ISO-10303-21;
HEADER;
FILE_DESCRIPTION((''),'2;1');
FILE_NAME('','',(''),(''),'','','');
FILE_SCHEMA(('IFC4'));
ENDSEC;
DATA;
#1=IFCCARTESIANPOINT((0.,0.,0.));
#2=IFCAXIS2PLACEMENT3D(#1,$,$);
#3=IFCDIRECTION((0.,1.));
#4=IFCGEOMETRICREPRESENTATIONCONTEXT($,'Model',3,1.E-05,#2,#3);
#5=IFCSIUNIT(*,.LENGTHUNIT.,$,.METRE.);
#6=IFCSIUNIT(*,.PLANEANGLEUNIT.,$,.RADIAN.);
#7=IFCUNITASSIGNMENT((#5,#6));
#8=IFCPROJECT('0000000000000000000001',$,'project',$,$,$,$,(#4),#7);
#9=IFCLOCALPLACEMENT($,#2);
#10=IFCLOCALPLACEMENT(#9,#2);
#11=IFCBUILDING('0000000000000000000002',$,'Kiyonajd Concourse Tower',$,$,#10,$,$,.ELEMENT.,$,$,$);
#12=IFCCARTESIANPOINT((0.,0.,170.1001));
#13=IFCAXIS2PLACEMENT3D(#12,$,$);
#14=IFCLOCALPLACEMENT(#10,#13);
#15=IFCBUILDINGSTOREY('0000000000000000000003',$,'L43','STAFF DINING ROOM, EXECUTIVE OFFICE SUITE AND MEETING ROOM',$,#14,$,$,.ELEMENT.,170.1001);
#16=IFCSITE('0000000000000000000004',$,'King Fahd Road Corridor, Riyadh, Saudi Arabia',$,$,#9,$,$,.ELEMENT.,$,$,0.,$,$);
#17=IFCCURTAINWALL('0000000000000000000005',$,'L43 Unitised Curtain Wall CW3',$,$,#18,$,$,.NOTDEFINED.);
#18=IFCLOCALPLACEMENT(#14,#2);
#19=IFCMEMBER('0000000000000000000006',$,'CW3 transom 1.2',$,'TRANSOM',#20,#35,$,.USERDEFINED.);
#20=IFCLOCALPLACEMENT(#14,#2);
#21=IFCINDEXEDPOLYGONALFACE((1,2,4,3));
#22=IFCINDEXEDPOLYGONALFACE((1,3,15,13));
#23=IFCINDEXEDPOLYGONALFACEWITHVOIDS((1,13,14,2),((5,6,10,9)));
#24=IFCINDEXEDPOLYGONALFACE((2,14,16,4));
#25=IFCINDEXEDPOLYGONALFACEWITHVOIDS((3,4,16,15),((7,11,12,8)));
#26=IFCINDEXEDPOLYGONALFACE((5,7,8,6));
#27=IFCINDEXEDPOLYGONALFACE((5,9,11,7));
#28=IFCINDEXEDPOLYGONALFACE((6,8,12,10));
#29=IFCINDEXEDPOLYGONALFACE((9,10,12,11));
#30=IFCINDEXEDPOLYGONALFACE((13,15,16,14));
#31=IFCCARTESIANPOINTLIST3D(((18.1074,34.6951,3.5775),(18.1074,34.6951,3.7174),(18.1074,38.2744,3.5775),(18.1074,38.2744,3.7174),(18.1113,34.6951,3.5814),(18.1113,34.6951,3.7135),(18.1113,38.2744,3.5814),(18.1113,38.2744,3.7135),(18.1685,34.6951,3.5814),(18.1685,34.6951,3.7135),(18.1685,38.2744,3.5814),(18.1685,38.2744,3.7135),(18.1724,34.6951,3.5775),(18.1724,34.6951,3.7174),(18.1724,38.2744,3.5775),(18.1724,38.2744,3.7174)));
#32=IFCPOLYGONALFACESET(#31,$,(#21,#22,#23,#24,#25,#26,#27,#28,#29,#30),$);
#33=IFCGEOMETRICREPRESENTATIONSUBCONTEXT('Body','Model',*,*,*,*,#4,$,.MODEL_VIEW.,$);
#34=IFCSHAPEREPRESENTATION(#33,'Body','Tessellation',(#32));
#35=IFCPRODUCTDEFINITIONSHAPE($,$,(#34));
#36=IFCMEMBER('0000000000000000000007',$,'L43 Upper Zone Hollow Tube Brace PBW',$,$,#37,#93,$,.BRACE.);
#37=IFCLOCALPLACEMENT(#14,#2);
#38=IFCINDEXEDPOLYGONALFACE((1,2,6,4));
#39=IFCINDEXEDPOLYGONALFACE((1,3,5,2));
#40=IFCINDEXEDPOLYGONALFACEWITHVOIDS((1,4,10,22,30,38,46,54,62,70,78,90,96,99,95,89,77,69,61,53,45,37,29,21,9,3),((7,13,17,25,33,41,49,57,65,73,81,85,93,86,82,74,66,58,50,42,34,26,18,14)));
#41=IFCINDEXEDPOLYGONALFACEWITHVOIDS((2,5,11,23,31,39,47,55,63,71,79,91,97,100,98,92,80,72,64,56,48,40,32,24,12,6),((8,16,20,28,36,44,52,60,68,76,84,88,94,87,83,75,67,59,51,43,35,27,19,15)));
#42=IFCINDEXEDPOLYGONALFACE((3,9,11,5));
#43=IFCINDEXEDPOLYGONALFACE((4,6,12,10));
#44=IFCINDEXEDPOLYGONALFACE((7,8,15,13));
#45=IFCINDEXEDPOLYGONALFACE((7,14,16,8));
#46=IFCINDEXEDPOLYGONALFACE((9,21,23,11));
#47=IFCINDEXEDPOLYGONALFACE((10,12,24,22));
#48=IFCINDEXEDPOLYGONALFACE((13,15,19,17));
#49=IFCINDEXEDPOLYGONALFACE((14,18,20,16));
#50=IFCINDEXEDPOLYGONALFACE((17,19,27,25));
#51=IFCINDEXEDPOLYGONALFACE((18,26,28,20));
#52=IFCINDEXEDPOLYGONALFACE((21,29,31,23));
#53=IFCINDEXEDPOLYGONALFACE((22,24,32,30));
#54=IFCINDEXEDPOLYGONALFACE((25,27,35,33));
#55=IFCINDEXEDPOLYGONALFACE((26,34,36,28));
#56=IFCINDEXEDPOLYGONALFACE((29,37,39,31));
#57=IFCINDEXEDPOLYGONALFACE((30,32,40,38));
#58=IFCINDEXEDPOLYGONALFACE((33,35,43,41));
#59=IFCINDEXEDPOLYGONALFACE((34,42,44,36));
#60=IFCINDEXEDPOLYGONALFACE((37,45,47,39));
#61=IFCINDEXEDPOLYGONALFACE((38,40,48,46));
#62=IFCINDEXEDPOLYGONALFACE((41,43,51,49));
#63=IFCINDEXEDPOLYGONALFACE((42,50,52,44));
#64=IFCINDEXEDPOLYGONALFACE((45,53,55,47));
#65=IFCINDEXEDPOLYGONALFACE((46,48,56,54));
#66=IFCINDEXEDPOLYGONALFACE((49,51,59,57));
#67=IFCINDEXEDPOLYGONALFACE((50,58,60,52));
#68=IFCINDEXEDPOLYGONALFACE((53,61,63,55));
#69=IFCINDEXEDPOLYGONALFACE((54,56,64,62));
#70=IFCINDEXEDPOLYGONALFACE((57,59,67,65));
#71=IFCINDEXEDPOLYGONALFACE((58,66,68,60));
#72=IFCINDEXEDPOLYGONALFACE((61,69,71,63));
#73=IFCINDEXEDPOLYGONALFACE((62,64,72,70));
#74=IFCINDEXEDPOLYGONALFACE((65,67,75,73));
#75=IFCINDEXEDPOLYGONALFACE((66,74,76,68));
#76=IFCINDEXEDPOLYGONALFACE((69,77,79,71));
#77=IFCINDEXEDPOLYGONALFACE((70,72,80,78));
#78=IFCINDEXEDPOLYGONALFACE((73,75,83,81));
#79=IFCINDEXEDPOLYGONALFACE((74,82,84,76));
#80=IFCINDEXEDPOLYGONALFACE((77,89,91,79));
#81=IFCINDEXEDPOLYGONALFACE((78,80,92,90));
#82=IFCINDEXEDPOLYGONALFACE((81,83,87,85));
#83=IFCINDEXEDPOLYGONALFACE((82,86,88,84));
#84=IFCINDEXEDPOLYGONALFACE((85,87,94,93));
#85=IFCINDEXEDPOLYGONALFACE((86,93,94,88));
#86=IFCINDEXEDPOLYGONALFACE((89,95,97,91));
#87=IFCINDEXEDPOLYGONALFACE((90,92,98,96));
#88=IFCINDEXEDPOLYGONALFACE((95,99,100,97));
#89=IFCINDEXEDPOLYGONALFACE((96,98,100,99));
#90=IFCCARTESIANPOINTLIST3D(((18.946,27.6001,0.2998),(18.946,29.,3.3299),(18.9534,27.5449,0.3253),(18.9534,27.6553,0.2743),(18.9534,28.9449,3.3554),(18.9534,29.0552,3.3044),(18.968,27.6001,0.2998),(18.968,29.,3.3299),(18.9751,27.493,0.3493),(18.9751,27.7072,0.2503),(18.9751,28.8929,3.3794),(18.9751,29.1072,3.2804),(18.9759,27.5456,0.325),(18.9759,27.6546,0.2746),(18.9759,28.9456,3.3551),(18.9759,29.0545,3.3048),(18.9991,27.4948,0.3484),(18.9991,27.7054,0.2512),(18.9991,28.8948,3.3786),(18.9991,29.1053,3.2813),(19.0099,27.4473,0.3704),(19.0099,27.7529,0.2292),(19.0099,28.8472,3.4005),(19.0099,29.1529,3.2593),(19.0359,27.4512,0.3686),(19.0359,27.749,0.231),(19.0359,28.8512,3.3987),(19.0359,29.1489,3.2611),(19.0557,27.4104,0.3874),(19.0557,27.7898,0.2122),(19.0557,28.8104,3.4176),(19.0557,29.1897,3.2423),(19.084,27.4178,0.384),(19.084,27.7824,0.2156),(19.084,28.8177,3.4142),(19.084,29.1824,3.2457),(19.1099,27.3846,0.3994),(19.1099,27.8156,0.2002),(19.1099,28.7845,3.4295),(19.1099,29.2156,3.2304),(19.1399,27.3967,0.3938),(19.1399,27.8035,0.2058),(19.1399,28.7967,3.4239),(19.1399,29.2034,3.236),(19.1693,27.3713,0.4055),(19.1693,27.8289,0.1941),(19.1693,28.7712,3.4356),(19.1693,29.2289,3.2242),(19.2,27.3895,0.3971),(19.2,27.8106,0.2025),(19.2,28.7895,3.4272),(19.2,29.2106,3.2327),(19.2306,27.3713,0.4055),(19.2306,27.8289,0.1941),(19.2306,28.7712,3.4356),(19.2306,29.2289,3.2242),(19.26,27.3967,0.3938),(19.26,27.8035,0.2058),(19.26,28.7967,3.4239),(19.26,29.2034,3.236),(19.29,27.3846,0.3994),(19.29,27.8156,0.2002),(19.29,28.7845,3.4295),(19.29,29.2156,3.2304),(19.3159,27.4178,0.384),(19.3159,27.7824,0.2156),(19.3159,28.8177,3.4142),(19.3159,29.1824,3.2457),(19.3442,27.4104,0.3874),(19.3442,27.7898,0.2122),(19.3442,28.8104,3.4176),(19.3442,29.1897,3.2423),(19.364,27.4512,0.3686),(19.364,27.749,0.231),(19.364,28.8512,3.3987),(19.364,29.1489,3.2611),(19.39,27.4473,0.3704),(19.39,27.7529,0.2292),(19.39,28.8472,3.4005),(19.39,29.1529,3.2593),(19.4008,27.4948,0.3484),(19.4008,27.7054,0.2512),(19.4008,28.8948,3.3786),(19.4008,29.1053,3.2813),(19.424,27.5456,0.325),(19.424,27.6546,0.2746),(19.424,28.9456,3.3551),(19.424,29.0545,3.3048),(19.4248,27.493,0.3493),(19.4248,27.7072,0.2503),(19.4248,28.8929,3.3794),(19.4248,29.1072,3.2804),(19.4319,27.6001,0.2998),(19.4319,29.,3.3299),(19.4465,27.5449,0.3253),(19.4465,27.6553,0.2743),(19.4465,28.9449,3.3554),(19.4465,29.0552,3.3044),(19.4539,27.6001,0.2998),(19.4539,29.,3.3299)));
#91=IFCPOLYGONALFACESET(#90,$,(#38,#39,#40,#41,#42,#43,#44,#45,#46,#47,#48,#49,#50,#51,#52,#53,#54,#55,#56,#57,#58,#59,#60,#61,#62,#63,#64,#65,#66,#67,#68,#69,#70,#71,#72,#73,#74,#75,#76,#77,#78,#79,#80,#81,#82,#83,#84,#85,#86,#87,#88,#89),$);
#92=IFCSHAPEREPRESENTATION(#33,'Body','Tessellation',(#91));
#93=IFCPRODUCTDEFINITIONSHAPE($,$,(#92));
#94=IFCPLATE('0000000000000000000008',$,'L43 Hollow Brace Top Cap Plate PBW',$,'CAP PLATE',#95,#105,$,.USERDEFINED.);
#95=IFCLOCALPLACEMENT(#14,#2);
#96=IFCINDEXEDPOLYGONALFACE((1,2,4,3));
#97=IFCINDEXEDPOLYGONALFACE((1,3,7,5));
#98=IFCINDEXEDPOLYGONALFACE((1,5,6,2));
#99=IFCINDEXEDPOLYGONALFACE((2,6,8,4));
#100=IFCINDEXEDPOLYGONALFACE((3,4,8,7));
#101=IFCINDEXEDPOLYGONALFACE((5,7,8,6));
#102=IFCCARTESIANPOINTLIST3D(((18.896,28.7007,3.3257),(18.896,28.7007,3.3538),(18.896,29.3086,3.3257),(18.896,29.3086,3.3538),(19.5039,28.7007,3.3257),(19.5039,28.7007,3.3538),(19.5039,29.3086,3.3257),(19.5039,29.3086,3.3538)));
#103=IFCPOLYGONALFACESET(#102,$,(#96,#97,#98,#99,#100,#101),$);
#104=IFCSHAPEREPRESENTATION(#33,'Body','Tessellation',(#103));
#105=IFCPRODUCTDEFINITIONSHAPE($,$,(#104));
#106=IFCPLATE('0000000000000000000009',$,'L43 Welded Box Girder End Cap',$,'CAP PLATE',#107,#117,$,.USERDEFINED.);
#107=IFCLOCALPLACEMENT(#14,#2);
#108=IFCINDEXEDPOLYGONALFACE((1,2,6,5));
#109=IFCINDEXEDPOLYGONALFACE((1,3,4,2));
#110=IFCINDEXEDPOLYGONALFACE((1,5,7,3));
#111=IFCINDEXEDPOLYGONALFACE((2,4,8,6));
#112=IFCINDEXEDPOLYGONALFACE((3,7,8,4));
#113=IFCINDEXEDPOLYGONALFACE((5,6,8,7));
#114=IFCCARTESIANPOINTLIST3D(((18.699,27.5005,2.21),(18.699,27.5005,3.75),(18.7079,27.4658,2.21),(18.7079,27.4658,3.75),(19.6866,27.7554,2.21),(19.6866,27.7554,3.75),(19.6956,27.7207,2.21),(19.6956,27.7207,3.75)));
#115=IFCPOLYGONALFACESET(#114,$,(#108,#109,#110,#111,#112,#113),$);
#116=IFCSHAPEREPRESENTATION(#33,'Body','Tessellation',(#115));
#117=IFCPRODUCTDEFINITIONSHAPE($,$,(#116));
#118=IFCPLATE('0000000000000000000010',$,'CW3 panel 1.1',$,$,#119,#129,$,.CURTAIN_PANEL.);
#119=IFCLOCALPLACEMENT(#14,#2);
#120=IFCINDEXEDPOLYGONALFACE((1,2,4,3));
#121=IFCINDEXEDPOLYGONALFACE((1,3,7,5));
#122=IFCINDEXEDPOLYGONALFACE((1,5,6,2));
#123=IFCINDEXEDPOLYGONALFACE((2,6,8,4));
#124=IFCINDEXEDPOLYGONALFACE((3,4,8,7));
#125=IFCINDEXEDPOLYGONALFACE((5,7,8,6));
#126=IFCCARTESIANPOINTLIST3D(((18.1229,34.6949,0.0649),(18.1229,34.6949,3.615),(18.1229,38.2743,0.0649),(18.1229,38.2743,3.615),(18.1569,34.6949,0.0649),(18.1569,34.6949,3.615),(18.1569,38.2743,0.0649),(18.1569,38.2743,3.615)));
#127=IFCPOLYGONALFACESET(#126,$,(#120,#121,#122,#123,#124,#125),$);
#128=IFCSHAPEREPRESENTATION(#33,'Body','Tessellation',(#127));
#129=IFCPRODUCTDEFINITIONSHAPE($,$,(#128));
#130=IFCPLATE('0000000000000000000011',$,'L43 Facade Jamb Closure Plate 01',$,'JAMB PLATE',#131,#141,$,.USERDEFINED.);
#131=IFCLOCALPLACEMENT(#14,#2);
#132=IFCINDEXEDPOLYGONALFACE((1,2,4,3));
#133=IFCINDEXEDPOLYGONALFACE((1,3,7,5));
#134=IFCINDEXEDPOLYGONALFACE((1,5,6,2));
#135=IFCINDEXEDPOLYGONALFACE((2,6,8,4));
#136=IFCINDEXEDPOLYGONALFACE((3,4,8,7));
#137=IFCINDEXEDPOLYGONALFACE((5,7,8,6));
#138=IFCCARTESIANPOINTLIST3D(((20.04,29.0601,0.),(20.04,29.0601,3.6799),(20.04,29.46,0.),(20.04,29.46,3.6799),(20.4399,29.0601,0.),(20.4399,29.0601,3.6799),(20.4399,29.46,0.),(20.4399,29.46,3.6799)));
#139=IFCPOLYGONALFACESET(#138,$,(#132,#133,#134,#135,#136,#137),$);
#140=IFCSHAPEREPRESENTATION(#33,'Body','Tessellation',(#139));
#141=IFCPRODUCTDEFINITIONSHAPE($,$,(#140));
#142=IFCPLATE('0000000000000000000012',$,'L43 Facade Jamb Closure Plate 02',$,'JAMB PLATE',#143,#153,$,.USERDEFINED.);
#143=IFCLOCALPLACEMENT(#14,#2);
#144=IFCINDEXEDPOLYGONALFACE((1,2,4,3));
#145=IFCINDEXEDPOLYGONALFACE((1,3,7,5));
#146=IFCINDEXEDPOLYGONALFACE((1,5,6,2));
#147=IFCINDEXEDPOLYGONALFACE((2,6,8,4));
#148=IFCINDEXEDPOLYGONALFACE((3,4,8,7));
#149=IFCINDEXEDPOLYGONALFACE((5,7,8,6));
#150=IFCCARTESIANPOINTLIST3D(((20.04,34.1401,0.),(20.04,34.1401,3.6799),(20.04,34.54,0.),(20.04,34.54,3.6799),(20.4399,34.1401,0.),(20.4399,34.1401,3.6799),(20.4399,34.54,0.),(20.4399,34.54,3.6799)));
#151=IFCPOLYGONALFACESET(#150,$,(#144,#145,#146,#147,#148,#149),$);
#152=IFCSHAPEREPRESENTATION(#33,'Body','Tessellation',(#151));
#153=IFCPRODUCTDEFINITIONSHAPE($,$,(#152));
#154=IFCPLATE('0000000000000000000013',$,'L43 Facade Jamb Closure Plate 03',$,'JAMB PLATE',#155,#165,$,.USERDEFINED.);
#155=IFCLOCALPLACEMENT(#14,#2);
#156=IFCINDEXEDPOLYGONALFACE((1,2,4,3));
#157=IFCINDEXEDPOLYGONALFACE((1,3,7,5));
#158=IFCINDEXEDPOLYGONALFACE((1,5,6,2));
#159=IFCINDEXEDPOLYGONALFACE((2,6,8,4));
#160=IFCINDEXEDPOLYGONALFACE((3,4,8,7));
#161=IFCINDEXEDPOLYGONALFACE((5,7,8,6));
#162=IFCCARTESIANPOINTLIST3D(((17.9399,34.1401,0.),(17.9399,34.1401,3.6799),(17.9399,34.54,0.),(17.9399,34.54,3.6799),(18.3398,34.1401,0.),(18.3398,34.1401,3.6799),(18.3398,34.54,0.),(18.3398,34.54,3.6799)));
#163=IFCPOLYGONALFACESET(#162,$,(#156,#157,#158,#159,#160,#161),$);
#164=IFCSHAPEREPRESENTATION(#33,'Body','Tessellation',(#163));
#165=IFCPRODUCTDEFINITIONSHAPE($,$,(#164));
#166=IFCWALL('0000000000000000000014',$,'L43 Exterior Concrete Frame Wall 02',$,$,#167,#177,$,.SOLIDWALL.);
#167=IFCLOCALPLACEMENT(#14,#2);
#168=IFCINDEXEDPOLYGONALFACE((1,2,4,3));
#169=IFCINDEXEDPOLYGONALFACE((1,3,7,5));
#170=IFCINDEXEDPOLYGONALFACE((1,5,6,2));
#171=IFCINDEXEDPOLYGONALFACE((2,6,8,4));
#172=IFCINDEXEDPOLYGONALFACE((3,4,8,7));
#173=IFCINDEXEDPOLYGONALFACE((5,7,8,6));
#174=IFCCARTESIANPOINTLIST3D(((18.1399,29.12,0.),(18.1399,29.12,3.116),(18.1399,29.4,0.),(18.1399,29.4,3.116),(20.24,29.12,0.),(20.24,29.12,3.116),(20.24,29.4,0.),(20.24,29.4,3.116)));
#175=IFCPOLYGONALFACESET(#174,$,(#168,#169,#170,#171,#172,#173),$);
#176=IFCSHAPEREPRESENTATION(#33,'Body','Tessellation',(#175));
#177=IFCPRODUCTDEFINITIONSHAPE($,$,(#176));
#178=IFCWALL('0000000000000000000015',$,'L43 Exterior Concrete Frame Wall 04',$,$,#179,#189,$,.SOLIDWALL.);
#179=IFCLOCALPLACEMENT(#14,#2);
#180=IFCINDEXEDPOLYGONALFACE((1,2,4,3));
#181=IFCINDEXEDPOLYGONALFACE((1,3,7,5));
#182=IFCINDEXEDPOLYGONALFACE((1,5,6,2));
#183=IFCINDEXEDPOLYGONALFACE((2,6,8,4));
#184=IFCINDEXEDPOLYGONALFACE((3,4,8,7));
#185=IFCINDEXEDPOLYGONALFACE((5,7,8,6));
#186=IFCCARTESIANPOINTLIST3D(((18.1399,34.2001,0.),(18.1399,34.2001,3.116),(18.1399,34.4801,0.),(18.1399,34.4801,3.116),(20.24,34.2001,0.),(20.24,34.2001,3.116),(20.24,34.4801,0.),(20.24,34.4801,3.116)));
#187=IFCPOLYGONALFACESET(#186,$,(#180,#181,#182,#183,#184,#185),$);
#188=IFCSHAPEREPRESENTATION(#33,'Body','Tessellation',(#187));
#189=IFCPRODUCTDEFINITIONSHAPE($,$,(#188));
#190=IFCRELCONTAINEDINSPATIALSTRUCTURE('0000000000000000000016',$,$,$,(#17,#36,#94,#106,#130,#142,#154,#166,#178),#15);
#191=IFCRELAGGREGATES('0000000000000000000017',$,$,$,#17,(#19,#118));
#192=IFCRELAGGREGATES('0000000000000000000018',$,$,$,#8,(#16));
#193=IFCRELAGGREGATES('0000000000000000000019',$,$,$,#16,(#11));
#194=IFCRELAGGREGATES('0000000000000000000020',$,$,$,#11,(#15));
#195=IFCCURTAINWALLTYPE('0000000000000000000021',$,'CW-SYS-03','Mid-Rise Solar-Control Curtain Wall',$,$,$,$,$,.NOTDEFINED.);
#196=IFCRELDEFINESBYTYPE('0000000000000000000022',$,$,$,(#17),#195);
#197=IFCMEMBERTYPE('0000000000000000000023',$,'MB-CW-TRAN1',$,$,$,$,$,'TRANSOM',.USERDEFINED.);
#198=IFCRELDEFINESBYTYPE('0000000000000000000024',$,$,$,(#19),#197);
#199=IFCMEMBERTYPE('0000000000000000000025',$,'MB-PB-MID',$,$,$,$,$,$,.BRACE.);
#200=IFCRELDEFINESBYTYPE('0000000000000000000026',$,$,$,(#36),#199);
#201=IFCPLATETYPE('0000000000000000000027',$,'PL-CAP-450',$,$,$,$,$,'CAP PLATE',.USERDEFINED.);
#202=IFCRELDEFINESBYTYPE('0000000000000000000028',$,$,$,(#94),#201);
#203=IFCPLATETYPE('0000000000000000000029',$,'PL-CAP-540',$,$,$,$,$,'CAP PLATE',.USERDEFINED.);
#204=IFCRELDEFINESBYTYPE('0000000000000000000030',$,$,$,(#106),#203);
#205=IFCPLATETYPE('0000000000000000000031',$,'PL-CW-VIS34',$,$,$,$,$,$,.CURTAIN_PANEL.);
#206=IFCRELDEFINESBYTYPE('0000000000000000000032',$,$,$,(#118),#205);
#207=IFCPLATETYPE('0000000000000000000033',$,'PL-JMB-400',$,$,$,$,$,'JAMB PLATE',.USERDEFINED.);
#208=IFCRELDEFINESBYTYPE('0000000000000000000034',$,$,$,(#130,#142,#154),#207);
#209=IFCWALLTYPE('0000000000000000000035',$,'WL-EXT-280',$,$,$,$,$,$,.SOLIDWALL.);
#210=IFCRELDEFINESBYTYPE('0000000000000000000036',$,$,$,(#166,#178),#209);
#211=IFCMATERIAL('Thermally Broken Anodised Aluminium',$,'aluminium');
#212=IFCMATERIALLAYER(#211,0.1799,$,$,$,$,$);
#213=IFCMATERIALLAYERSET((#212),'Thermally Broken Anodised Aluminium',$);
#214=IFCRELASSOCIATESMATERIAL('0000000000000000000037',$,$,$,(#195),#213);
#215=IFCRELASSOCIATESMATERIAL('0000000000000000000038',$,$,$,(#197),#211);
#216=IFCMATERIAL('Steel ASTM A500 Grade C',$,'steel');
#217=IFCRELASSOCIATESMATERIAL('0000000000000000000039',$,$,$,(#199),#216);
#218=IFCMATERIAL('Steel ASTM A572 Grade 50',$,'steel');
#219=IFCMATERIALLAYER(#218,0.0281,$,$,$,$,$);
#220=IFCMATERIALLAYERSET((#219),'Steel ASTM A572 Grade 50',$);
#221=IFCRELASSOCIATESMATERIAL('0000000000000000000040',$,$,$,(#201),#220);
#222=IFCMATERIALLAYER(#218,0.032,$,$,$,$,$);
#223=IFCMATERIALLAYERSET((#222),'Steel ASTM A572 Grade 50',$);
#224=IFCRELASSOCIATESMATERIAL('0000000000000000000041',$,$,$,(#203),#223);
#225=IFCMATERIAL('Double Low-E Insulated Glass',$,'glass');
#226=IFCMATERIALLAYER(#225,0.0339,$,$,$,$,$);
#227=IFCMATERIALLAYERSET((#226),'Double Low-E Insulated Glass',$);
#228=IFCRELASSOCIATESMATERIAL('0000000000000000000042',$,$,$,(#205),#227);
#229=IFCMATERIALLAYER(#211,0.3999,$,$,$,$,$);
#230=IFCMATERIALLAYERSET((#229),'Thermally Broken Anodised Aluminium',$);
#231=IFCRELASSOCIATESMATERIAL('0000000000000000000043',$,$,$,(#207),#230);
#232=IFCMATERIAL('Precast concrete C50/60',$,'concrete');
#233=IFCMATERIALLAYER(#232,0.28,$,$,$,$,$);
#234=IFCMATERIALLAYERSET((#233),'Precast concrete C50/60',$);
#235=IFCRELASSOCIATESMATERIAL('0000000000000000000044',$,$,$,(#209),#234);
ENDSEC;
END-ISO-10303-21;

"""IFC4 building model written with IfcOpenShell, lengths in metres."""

from ifc_helpers import new_model, si_unit, direction, frame, frame_2d, origin, origin_2d, place, context, subcontext, project, spatial, rectangle, hollow_rectangle, hollow_circle, extrude, material, layer, layer_set, material_profile, profile_set, type_object, element, aggregate, save


model = new_model("IFC4")

# Units and contexts
model_context = context("Model", 3, precision=1e-05, world=origin(), true_north=direction((0.0, 1.0)))
body_context = subcontext(model_context, "Body", "Model", "MODEL_VIEW")
ifc_project = project(units=[si_unit("LENGTHUNIT", "METRE"), si_unit("PLANEANGLEUNIT", "RADIAN")], contexts=[model_context])

# Site, building, storey
site_placement = place(None, origin())
site = spatial("IfcSite", under=ifc_project, at=site_placement, Name="King Fahd Road Corridor, Riyadh, Saudi Arabia", CompositionType="ELEMENT", RefElevation=0.0)
building_placement = place(site_placement, origin())
building = spatial("IfcBuilding", under=site, at=building_placement, Name="Kiyonajd Concourse Tower", CompositionType="ELEMENT")
storey_placement = place(building_placement, frame((0.0, 0.0, 170.1001)))
storey = spatial("IfcBuildingStorey", under=building, at=storey_placement, Name="L43", Description="STAFF DINING ROOM, EXECUTIVE OFFICE SUITE AND MEETING ROOM", CompositionType="ELEMENT", Elevation=170.1001)

# Shared definitions
ifc_material_1 = material(Name="Steel ASTM A572 Grade 50", Category="steel")

# Curtain wall, member
ifc_material_2 = material(Name="Thermally Broken Anodised Aluminium", Category="aluminium")
ifc_layer_1 = layer(ifc_material_2, 0.1799)
ifc_layer_set_1 = layer_set([ifc_layer_1], Name="Thermally Broken Anodised Aluminium")
curtain_wall_type = type_object("IfcCurtainWallType", Name="CW-SYS-03", Description="Mid-Rise Solar-Control Curtain Wall", PredefinedType="NOTDEFINED", material=ifc_layer_set_1)
curtain_wall_placement = place(storey_placement, origin())
curtain_wall = element("IfcCurtainWall", 1, at=curtain_wall_placement, inside=storey, type_object=curtain_wall_type, Name="L43 Unitised Curtain Wall CW3", PredefinedType="NOTDEFINED")
ifc_material_profile_1 = material_profile(ifc_material_2, hollow_rectangle(XDim=0.0649, YDim=0.1399, WallThickness=0.0039, at=origin_2d()), Name="TRAN-65x140")
ifc_profile_set_1 = profile_set([ifc_material_profile_1], Name="Thermally Broken Anodised Aluminium")
member_type_1 = type_object("IfcMemberType", Name="MB-CW-TRAN1", ElementType="TRANSOM", PredefinedType="USERDEFINED", material=ifc_profile_set_1)
member_1_placement = place(storey_placement, frame((18.1399, 34.6951, 3.6475), z_axis=(0.0, 1.0, 0.0), x_axis=(-1.0, 0.0, 0.0)))
member_1 = element("IfcMember", 2, at=member_1_placement, type_object=member_type_1, Name="CW3 transom 1.2", ObjectType="TRANSOM", PredefinedType="USERDEFINED", context=body_context, shape_type="SweptSolid", body=[
    extrude(hollow_rectangle(XDim=0.0649, YDim=0.1399, WallThickness=0.0039, at=origin_2d()), origin(), (0.0, 0.0, 1.0), 3.5793),
])

# Member
ifc_material_3 = material(Name="Steel ASTM A500 Grade C", Category="steel")
ifc_material_profile_2 = material_profile(ifc_material_3, hollow_circle(Radius=0.2539, WallThickness=0.022, at=origin_2d()), Name="CHS-508x22")
ifc_profile_set_2 = profile_set([ifc_material_profile_2], Name="Steel ASTM A500 Grade C")
member_type_2 = type_object("IfcMemberType", Name="MB-PB-MID", PredefinedType="BRACE", material=ifc_profile_set_2)
member_2_placement = place(storey_placement, frame((19.2, 27.6001, 0.2998), z_axis=(0.0, 0.419411, 0.907797), x_axis=(-1.0, 0.0, 0.0)))
element("IfcMember", 3, at=member_2_placement, inside=storey, type_object=member_type_2, Name="L43 Upper Zone Hollow Tube Brace PBW", PredefinedType="BRACE", context=body_context, shape_type="SweptSolid", body=[
    extrude(hollow_circle(Radius=0.2539, WallThickness=0.022, at=origin_2d()), origin(), (0.0, 0.0, 1.0), 3.3379),
])

# Plates
ifc_layer_2 = layer(ifc_material_1, 0.0281)
ifc_layer_set_2 = layer_set([ifc_layer_2], Name="Steel ASTM A572 Grade 50")
plate_type_1 = type_object("IfcPlateType", Name="PL-CAP-450", ElementType="CAP PLATE", PredefinedType="USERDEFINED", material=ifc_layer_set_2)
plate_1_placement = place(storey_placement, frame((19.2, 29.0046, 3.3257), z_axis=(0.0, 0.0, 1.0), x_axis=(1.0, 0.0, 0.0)))
element("IfcPlate", 4, at=plate_1_placement, inside=storey, type_object=plate_type_1, Name="L43 Hollow Brace Top Cap Plate PBW", ObjectType="CAP PLATE", PredefinedType="USERDEFINED", context=body_context, shape_type="SweptSolid", body=[
    extrude(rectangle(XDim=0.6079, YDim=0.6079, at=origin_2d()), origin(), (0.0, 0.0, 1.0), 0.0281),
])
ifc_layer_3 = layer(ifc_material_1, 0.032)
ifc_layer_set_3 = layer_set([ifc_layer_3], Name="Steel ASTM A572 Grade 50")
plate_type_2 = type_object("IfcPlateType", Name="PL-CAP-540", ElementType="CAP PLATE", PredefinedType="USERDEFINED", material=ifc_layer_set_3)
plate_2_placement = place(storey_placement, frame((19.1973, 27.6106, 2.21), z_axis=(0.0, 0.0, 1.0), x_axis=(-0.249873, 0.968279, 0.0)))
element("IfcPlate", 5, at=plate_2_placement, inside=storey, type_object=plate_type_2, Name="L43 Welded Box Girder End Cap", ObjectType="CAP PLATE", PredefinedType="USERDEFINED", context=body_context, shape_type="SweptSolid", body=[
    extrude(rectangle(XDim=0.0359, YDim=1.02, at=origin_2d()), origin(), (0.0, 0.0, 1.0), 1.54),
])

# Plate
ifc_material_4 = material(Name="Double Low-E Insulated Glass", Category="glass")
ifc_layer_4 = layer(ifc_material_4, 0.0339)
ifc_layer_set_4 = layer_set([ifc_layer_4], Name="Double Low-E Insulated Glass")
plate_type_3 = type_object("IfcPlateType", Name="PL-CW-VIS34", PredefinedType="CURTAIN_PANEL", material=ifc_layer_set_4)
plate_3_placement = place(storey_placement, frame((18.1399, 36.4846, 0.0649), z_axis=(0.0, 0.0, 1.0), x_axis=(0.0, 1.0, 0.0)))
plate_3 = element("IfcPlate", 6, at=plate_3_placement, type_object=plate_type_3, Name="CW3 panel 1.1", PredefinedType="CURTAIN_PANEL", context=body_context, shape_type="SweptSolid", body=[
    extrude(rectangle(XDim=3.5793, YDim=0.0339, at=origin_2d()), origin(), (0.0, 0.0, 1.0), 3.55),
])
aggregate(curtain_wall, [member_1, plate_3])

# Plates
ifc_layer_5 = layer(ifc_material_2, 0.3999)
ifc_layer_set_5 = layer_set([ifc_layer_5], Name="Thermally Broken Anodised Aluminium")
plate_type_4 = type_object("IfcPlateType", Name="PL-JMB-400", ElementType="JAMB PLATE", PredefinedType="USERDEFINED", material=ifc_layer_set_5)
for number, where, z_axis, x_axis, name in (
    (7, (20.24, 29.26, 0.0), (0.0, 0.0, 1.0), (1.0, 0.0, 0.0), "L43 Facade Jamb Closure Plate 01"),
    (8, (20.24, 34.3401, 0.0), (0.0, 0.0, 1.0), (1.0, 0.0, 0.0), "L43 Facade Jamb Closure Plate 02"),
    (9, (18.1399, 34.3401, 0.0), (0.0, 0.0, 1.0), (1.0, 0.0, 0.0), "L43 Facade Jamb Closure Plate 03"),
):
    element("IfcPlate", number, at=place(storey_placement, frame(where, z_axis=z_axis, x_axis=x_axis)), inside=storey, type_object=plate_type_4, Name=name, ObjectType="JAMB PLATE", PredefinedType="USERDEFINED", context=body_context, shape_type="SweptSolid", body=[
        extrude(rectangle(XDim=0.3999, YDim=0.3999, at=origin_2d()), origin(), (0.0, 0.0, 1.0), 3.6799),
    ])

# Walls
ifc_material_5 = material(Name="Precast concrete C50/60", Category="concrete")
ifc_layer_6 = layer(ifc_material_5, 0.28)
ifc_layer_set_6 = layer_set([ifc_layer_6], Name="Precast concrete C50/60")
wall_type_1 = type_object("IfcWallType", Name="WL-EXT-280", PredefinedType="SOLIDWALL", material=ifc_layer_set_6)
for number, where, z_axis, x_axis, name in (
    (10, (18.1399, 29.26, 0.0), (0.0, 0.0, 1.0), (1.0, 0.0, 0.0), "L43 Exterior Concrete Frame Wall 02"),
    (11, (20.24, 34.3401, 0.0), (0.0, 0.0, 1.0), (-1.0, 0.0, 0.0), "L43 Exterior Concrete Frame Wall 04"),
):
    element("IfcWall", number, at=place(storey_placement, frame(where, z_axis=z_axis, x_axis=x_axis)), inside=storey, type_object=wall_type_1, Name=name, PredefinedType="SOLIDWALL", context=body_context, shape_type="SweptSolid", body=[
        extrude(rectangle(XDim=2.1001, YDim=0.28, at=frame_2d((1.05, 0.0))), origin(), (0.0, 0.0, 1.0), 3.116),
    ])

save(model, "model.ifc")
